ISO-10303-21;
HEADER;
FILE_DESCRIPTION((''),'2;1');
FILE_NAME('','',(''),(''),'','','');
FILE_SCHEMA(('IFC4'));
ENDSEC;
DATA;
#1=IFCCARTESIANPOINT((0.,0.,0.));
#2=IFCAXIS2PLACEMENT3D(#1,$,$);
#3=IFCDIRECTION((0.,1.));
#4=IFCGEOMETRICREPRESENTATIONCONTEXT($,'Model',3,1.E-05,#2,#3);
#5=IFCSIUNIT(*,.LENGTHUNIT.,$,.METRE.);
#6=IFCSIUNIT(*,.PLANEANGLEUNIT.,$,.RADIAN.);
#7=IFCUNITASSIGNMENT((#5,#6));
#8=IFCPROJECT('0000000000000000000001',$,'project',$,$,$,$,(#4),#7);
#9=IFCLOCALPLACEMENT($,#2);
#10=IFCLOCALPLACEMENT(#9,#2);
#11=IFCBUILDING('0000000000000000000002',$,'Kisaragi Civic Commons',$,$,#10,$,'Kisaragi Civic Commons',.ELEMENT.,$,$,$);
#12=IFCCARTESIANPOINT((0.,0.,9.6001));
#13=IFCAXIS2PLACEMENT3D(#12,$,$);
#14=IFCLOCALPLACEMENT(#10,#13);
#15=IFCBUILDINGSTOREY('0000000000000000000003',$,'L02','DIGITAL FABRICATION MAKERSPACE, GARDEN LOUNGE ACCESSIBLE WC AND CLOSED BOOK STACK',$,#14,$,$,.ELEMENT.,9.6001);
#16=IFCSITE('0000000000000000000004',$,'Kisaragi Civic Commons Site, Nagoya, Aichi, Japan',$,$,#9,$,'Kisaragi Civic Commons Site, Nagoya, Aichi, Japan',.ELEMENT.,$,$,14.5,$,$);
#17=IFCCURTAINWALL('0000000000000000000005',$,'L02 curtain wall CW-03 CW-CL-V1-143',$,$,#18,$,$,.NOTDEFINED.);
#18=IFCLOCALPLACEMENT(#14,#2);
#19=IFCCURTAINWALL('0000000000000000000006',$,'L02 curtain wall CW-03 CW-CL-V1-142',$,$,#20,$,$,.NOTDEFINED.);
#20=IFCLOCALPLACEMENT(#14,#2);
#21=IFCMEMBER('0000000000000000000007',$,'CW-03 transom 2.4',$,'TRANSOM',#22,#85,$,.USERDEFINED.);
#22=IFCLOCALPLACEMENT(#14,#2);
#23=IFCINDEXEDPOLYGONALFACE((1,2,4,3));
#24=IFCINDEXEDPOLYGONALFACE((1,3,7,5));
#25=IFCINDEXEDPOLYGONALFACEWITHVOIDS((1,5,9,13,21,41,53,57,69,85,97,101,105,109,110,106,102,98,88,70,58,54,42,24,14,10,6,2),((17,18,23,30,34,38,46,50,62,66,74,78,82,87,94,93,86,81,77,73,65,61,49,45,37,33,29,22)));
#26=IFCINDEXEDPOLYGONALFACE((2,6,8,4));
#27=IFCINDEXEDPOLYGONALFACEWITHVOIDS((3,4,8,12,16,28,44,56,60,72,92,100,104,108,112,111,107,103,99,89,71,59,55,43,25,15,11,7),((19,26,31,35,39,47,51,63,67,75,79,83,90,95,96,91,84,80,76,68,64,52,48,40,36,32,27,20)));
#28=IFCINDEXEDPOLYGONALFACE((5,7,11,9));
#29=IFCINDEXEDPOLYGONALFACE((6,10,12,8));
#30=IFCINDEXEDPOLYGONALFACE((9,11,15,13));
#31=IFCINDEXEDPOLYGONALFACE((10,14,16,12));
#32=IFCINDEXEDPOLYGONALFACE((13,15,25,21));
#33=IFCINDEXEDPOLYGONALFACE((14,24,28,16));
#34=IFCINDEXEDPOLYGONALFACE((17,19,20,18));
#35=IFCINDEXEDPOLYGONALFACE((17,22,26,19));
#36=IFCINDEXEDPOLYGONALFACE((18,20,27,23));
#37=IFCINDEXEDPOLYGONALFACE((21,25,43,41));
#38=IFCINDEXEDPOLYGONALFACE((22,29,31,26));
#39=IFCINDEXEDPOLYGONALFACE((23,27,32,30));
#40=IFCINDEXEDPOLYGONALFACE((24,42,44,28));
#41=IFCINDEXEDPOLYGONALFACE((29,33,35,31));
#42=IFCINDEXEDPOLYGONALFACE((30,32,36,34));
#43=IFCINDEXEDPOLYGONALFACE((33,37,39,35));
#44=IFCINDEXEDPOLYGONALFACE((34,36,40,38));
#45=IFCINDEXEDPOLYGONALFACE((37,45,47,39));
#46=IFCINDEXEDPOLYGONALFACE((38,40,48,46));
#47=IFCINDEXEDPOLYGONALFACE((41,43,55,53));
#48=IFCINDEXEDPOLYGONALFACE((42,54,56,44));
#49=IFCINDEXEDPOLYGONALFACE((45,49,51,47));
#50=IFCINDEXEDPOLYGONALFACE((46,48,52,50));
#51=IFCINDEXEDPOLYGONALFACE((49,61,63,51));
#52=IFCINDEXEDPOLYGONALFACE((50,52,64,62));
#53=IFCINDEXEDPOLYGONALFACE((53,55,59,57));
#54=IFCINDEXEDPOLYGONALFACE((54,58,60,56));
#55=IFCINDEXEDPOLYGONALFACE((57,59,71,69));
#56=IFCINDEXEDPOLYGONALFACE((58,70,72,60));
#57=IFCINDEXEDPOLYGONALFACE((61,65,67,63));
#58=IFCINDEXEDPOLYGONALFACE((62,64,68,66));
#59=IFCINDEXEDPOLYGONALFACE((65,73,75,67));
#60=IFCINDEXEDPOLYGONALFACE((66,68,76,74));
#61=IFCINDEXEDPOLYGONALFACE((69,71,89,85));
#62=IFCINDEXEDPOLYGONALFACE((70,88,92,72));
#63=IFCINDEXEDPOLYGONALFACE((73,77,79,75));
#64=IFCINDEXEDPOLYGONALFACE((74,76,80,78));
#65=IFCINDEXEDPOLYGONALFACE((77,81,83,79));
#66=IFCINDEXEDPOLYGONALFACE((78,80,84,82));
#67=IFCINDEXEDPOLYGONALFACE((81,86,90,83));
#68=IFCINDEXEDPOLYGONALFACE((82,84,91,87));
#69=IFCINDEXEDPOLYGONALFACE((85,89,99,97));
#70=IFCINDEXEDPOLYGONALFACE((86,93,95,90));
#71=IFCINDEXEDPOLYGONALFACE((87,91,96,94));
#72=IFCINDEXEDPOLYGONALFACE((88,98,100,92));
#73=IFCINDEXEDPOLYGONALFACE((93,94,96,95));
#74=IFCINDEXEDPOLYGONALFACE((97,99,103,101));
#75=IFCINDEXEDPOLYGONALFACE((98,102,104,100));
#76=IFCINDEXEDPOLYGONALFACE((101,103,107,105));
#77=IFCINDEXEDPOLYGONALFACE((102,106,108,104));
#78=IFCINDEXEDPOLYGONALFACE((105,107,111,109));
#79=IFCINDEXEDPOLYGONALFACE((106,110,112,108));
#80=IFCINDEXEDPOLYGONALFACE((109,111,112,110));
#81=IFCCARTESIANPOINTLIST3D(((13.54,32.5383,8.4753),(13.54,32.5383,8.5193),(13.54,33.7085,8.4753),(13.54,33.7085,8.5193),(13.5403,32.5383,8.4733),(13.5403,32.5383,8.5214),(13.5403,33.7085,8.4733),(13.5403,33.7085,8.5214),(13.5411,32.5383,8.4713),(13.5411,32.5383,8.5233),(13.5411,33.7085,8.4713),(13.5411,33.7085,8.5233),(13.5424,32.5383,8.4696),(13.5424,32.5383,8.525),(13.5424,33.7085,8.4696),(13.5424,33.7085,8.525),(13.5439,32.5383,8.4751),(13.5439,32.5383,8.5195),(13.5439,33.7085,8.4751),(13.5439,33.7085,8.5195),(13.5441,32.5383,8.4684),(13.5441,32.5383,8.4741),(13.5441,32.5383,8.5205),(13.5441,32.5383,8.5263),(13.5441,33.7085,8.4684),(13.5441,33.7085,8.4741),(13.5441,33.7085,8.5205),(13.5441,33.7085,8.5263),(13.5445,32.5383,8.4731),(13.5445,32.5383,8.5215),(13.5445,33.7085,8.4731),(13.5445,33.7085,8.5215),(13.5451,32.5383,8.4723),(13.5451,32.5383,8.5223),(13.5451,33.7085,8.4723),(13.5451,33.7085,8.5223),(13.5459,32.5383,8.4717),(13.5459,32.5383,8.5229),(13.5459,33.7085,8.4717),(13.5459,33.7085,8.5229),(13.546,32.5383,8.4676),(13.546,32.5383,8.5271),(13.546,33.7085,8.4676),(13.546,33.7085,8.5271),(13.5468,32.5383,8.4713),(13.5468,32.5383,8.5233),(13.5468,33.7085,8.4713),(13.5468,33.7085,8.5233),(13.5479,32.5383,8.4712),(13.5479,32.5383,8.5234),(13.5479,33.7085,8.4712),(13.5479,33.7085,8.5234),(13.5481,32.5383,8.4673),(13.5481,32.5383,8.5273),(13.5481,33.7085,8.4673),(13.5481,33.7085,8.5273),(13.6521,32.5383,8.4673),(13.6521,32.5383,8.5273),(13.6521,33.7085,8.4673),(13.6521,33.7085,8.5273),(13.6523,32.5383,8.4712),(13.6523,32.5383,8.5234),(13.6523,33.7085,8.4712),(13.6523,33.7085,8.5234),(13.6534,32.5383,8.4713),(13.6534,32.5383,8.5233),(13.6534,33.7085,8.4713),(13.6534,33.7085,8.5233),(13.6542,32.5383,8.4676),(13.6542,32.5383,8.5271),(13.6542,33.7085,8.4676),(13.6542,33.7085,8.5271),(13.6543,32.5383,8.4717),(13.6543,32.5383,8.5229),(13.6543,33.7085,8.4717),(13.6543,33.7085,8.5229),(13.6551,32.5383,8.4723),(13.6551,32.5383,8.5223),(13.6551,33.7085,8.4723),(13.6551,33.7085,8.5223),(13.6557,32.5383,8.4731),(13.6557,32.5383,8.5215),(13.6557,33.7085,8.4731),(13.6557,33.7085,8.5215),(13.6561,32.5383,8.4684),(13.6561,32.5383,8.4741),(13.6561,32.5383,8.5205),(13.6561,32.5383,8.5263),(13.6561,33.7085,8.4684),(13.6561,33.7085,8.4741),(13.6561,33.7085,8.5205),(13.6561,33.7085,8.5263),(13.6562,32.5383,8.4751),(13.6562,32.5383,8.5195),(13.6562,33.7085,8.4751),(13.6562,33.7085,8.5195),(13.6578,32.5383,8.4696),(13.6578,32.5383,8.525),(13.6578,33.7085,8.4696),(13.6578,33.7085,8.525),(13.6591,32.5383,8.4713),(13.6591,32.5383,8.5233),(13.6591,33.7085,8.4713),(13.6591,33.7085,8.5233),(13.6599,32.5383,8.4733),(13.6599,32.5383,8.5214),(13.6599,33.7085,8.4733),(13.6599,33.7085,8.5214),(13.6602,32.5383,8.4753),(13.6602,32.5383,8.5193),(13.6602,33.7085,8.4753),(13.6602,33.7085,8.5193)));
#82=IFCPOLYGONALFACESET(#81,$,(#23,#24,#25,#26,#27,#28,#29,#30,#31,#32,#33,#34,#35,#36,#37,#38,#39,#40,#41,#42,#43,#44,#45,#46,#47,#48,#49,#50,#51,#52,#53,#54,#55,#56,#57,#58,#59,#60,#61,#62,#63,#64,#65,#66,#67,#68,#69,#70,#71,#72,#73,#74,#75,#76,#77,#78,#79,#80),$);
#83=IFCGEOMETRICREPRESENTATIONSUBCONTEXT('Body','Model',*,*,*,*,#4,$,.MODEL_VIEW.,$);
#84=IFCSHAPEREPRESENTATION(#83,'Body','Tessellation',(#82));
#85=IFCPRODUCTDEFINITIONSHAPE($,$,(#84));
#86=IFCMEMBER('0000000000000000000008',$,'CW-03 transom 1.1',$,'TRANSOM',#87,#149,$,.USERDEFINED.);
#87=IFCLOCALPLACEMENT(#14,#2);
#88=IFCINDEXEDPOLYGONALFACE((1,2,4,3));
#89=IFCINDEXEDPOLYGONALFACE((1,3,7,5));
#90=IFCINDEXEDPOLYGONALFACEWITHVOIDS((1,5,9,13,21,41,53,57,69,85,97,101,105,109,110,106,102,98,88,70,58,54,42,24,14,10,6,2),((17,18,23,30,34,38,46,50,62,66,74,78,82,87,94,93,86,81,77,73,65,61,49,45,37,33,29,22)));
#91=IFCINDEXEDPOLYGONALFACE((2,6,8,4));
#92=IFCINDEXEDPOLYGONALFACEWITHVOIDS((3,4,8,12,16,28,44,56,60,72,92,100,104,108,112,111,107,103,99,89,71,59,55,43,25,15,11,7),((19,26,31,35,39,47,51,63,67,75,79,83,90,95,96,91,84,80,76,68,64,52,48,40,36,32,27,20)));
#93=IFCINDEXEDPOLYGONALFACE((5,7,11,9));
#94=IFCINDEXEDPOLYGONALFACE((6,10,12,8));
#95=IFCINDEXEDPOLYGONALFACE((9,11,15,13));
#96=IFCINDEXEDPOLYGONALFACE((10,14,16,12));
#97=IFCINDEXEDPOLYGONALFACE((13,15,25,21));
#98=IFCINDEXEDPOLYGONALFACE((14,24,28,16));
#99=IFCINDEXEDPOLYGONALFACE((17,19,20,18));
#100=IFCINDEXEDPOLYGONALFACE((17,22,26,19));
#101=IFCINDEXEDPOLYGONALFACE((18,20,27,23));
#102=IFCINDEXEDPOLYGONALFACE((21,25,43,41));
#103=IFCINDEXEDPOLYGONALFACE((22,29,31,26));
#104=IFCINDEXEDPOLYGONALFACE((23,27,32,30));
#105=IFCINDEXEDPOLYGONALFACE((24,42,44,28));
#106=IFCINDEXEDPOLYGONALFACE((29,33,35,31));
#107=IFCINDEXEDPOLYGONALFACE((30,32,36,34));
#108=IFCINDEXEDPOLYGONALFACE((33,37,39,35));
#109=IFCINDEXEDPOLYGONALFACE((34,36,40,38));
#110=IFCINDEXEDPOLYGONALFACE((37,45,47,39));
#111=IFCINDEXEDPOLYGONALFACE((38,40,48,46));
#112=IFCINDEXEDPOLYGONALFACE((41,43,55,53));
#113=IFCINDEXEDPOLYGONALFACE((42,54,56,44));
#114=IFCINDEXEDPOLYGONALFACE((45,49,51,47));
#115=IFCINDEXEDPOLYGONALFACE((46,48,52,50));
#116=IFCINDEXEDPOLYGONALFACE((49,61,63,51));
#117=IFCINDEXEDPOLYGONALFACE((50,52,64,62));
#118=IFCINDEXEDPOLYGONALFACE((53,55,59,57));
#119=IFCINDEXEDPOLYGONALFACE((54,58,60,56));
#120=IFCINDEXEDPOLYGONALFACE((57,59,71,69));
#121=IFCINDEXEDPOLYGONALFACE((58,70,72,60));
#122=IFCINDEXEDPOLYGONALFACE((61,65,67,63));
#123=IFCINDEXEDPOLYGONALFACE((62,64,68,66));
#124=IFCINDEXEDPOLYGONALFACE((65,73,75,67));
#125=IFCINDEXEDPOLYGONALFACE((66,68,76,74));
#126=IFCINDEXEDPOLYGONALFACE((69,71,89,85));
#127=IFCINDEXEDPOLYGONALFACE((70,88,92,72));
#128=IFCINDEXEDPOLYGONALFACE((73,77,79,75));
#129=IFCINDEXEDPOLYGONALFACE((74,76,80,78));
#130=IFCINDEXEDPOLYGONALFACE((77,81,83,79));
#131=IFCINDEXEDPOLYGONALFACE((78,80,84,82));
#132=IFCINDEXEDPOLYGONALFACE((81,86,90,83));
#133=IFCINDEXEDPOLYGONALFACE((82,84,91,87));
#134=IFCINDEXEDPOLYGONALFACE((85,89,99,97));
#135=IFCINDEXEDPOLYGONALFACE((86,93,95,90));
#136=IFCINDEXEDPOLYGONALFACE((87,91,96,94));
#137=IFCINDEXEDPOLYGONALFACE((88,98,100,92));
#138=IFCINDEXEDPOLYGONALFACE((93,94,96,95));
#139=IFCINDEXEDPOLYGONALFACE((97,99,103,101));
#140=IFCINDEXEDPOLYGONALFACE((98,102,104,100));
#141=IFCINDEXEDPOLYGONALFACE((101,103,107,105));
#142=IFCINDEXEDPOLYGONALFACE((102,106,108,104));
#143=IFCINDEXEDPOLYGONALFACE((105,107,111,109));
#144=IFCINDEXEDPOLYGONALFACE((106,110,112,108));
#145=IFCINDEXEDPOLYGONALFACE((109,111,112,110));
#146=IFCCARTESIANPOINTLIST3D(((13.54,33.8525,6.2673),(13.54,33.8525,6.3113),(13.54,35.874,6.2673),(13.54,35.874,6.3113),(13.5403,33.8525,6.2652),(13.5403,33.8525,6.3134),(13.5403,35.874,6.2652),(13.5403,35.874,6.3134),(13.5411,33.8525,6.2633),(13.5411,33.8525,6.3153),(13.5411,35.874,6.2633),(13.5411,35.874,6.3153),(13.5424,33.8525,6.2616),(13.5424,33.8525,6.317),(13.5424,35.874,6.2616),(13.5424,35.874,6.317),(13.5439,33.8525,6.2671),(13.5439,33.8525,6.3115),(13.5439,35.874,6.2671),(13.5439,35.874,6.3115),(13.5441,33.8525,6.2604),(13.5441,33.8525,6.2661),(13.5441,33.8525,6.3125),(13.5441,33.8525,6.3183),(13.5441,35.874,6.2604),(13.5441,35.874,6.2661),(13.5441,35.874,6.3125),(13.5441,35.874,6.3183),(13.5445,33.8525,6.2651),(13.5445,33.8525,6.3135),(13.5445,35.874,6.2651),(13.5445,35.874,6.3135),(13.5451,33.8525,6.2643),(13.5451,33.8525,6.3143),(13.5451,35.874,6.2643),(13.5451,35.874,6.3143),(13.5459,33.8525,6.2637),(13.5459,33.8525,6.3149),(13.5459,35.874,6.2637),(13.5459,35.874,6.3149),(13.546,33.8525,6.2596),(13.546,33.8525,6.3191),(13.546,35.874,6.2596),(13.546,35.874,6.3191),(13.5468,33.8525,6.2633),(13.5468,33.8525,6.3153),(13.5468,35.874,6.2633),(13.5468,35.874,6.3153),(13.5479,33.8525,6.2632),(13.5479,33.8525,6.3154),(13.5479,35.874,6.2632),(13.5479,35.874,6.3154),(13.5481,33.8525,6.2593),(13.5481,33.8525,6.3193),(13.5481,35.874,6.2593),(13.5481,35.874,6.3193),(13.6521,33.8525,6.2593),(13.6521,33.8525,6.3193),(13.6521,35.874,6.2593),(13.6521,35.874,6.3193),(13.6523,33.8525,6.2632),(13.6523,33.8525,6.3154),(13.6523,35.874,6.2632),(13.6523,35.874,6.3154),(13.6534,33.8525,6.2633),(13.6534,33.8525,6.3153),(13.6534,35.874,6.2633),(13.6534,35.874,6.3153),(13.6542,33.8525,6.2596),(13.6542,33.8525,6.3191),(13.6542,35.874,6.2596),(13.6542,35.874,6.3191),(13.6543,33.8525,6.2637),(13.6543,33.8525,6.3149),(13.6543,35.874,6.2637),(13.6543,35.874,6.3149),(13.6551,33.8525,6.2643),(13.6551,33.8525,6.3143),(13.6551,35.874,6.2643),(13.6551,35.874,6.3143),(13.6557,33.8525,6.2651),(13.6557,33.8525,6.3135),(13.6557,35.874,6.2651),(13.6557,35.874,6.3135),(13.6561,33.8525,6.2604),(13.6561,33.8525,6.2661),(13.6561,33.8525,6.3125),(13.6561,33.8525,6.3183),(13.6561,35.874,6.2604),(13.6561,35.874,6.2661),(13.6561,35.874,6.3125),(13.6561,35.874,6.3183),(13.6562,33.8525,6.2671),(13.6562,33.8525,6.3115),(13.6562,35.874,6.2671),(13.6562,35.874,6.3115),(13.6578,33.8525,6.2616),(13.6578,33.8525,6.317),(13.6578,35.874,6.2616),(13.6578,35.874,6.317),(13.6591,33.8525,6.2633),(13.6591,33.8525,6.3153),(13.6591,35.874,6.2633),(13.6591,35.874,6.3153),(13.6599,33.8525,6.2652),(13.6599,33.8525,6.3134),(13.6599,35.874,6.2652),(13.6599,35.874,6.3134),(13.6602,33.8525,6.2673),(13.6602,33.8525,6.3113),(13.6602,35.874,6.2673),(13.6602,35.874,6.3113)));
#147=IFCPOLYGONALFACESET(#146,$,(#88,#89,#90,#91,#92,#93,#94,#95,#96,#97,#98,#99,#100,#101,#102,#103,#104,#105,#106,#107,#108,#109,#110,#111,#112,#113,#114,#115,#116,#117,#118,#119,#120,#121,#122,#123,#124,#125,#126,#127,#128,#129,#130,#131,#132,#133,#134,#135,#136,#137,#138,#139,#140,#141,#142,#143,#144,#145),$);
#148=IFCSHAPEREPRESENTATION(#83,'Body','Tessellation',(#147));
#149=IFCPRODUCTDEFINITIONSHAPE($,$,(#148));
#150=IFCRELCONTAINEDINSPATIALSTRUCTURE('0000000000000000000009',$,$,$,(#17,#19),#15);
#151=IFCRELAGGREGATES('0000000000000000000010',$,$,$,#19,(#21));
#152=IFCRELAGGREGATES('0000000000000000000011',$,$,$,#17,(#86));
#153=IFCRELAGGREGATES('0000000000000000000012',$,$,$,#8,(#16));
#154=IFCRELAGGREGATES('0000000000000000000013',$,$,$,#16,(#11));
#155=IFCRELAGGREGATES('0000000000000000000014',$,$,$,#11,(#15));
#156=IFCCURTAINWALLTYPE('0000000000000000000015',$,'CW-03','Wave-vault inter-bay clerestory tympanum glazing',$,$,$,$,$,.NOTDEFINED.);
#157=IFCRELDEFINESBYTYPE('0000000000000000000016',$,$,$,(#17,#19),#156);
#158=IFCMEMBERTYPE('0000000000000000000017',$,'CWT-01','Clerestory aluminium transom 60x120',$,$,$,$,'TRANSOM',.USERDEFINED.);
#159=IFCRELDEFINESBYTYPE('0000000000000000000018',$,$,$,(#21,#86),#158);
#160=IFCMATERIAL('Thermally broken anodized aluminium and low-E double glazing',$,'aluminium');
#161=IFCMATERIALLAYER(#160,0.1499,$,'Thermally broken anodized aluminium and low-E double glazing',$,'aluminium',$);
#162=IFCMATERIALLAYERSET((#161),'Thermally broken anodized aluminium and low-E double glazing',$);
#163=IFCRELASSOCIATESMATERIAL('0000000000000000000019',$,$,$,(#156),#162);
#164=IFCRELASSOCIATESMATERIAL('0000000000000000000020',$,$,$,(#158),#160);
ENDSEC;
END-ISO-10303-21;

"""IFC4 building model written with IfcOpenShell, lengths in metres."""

from ifc_helpers import new_model, si_unit, direction, frame, origin, origin_2d, place, context, subcontext, project, spatial, hollow_rectangle, extrude, material, layer, layer_set, material_profile, profile_set, type_object, element, aggregate, save


model = new_model("IFC4")

# Units and contexts
model_context = context("Model", 3, precision=1e-05, world=origin(), true_north=direction((0.0, 1.0)))
body_context = subcontext(model_context, "Body", "Model", "MODEL_VIEW")
ifc_project = project(units=[si_unit("LENGTHUNIT", "METRE"), si_unit("PLANEANGLEUNIT", "RADIAN")], contexts=[model_context])

# Site, building, storey
site_placement = place(None, origin())
site = spatial("IfcSite", under=ifc_project, at=site_placement, Name="Kisaragi Civic Commons Site, Nagoya, Aichi, Japan", LongName="Kisaragi Civic Commons Site, Nagoya, Aichi, Japan", CompositionType="ELEMENT", RefElevation=14.5)
building_placement = place(site_placement, origin())
building = spatial("IfcBuilding", under=site, at=building_placement, Name="Kisaragi Civic Commons", LongName="Kisaragi Civic Commons", CompositionType="ELEMENT")
storey_placement = place(building_placement, frame((0.0, 0.0, 9.6001)))
storey = spatial("IfcBuildingStorey", under=building, at=storey_placement, Name="L02", Description="DIGITAL FABRICATION MAKERSPACE, GARDEN LOUNGE ACCESSIBLE WC AND CLOSED BOOK STACK", CompositionType="ELEMENT", Elevation=9.6001)

# Curtain walls, member
ifc_material_1 = material(Name="Thermally broken anodized aluminium and low-E double glazing", Category="aluminium")
ifc_layer_1 = layer(ifc_material_1, 0.1499, Name="Thermally broken anodized aluminium and low-E double glazing", Category="aluminium")
ifc_layer_set_1 = layer_set([ifc_layer_1], Name="Thermally broken anodized aluminium and low-E double glazing")
curtain_wall_type = type_object("IfcCurtainWallType", Name="CW-03", Description="Wave-vault inter-bay clerestory tympanum glazing", PredefinedType="NOTDEFINED", material=ifc_layer_set_1)
curtain_wall_1_placement = place(storey_placement, origin())
curtain_wall_1 = element("IfcCurtainWall", 1, at=curtain_wall_1_placement, inside=storey, type_object=curtain_wall_type, Name="L02 curtain wall CW-03 CW-CL-V1-143", PredefinedType="NOTDEFINED")
curtain_wall_2_placement = place(storey_placement, origin())
curtain_wall_2 = element("IfcCurtainWall", 2, at=curtain_wall_2_placement, inside=storey, type_object=curtain_wall_type, Name="L02 curtain wall CW-03 CW-CL-V1-142", PredefinedType="NOTDEFINED")
ifc_material_profile_1 = material_profile(ifc_material_1, hollow_rectangle(XDim=0.1201, YDim=0.0601, WallThickness=0.0039, InnerFilletRadius=0.0039, OuterFilletRadius=0.0081, at=origin_2d()), Name="CWT-60x120x4", Category="aluminium")
ifc_profile_set_1 = profile_set([ifc_material_profile_1], Name="Thermally broken anodized aluminium and low-E double glazing")
member_type_1 = type_object("IfcMemberType", Name="CWT-01", Description="Clerestory aluminium transom 60x120", ElementType="TRANSOM", PredefinedType="USERDEFINED", material=ifc_profile_set_1)
member_1_placement = place(storey_placement, frame((13.6001, 32.5383, 8.4973), z_axis=(0.0, 1.0, 0.0), x_axis=(-1.0, 0.0, 0.0)))
member_1 = element("IfcMember", 3, at=member_1_placement, type_object=member_type_1, Name="CW-03 transom 2.4", ObjectType="TRANSOM", PredefinedType="USERDEFINED", context=body_context, shape_type="SweptSolid", body=[
    extrude(hollow_rectangle(XDim=0.1201, YDim=0.0601, WallThickness=0.0039, InnerFilletRadius=0.0039, OuterFilletRadius=0.0081, at=origin_2d()), origin(), (0.0, 0.0, 1.0), 1.1702),
])

# Member
member_2_placement = place(storey_placement, frame((13.6001, 33.8525, 6.2893), z_axis=(0.0, 1.0, 0.0), x_axis=(-1.0, 0.0, 0.0)))
member_2 = element("IfcMember", 4, at=member_2_placement, type_object=member_type_1, Name="CW-03 transom 1.1", ObjectType="TRANSOM", PredefinedType="USERDEFINED", context=body_context, shape_type="SweptSolid", body=[
    extrude(hollow_rectangle(XDim=0.1201, YDim=0.0601, WallThickness=0.0039, InnerFilletRadius=0.0039, OuterFilletRadius=0.0081, at=origin_2d()), origin(), (0.0, 0.0, 1.0), 2.0215),
])

aggregate(curtain_wall_2, [member_1])
aggregate(curtain_wall_1, [member_2])

save(model, "model.ifc")
